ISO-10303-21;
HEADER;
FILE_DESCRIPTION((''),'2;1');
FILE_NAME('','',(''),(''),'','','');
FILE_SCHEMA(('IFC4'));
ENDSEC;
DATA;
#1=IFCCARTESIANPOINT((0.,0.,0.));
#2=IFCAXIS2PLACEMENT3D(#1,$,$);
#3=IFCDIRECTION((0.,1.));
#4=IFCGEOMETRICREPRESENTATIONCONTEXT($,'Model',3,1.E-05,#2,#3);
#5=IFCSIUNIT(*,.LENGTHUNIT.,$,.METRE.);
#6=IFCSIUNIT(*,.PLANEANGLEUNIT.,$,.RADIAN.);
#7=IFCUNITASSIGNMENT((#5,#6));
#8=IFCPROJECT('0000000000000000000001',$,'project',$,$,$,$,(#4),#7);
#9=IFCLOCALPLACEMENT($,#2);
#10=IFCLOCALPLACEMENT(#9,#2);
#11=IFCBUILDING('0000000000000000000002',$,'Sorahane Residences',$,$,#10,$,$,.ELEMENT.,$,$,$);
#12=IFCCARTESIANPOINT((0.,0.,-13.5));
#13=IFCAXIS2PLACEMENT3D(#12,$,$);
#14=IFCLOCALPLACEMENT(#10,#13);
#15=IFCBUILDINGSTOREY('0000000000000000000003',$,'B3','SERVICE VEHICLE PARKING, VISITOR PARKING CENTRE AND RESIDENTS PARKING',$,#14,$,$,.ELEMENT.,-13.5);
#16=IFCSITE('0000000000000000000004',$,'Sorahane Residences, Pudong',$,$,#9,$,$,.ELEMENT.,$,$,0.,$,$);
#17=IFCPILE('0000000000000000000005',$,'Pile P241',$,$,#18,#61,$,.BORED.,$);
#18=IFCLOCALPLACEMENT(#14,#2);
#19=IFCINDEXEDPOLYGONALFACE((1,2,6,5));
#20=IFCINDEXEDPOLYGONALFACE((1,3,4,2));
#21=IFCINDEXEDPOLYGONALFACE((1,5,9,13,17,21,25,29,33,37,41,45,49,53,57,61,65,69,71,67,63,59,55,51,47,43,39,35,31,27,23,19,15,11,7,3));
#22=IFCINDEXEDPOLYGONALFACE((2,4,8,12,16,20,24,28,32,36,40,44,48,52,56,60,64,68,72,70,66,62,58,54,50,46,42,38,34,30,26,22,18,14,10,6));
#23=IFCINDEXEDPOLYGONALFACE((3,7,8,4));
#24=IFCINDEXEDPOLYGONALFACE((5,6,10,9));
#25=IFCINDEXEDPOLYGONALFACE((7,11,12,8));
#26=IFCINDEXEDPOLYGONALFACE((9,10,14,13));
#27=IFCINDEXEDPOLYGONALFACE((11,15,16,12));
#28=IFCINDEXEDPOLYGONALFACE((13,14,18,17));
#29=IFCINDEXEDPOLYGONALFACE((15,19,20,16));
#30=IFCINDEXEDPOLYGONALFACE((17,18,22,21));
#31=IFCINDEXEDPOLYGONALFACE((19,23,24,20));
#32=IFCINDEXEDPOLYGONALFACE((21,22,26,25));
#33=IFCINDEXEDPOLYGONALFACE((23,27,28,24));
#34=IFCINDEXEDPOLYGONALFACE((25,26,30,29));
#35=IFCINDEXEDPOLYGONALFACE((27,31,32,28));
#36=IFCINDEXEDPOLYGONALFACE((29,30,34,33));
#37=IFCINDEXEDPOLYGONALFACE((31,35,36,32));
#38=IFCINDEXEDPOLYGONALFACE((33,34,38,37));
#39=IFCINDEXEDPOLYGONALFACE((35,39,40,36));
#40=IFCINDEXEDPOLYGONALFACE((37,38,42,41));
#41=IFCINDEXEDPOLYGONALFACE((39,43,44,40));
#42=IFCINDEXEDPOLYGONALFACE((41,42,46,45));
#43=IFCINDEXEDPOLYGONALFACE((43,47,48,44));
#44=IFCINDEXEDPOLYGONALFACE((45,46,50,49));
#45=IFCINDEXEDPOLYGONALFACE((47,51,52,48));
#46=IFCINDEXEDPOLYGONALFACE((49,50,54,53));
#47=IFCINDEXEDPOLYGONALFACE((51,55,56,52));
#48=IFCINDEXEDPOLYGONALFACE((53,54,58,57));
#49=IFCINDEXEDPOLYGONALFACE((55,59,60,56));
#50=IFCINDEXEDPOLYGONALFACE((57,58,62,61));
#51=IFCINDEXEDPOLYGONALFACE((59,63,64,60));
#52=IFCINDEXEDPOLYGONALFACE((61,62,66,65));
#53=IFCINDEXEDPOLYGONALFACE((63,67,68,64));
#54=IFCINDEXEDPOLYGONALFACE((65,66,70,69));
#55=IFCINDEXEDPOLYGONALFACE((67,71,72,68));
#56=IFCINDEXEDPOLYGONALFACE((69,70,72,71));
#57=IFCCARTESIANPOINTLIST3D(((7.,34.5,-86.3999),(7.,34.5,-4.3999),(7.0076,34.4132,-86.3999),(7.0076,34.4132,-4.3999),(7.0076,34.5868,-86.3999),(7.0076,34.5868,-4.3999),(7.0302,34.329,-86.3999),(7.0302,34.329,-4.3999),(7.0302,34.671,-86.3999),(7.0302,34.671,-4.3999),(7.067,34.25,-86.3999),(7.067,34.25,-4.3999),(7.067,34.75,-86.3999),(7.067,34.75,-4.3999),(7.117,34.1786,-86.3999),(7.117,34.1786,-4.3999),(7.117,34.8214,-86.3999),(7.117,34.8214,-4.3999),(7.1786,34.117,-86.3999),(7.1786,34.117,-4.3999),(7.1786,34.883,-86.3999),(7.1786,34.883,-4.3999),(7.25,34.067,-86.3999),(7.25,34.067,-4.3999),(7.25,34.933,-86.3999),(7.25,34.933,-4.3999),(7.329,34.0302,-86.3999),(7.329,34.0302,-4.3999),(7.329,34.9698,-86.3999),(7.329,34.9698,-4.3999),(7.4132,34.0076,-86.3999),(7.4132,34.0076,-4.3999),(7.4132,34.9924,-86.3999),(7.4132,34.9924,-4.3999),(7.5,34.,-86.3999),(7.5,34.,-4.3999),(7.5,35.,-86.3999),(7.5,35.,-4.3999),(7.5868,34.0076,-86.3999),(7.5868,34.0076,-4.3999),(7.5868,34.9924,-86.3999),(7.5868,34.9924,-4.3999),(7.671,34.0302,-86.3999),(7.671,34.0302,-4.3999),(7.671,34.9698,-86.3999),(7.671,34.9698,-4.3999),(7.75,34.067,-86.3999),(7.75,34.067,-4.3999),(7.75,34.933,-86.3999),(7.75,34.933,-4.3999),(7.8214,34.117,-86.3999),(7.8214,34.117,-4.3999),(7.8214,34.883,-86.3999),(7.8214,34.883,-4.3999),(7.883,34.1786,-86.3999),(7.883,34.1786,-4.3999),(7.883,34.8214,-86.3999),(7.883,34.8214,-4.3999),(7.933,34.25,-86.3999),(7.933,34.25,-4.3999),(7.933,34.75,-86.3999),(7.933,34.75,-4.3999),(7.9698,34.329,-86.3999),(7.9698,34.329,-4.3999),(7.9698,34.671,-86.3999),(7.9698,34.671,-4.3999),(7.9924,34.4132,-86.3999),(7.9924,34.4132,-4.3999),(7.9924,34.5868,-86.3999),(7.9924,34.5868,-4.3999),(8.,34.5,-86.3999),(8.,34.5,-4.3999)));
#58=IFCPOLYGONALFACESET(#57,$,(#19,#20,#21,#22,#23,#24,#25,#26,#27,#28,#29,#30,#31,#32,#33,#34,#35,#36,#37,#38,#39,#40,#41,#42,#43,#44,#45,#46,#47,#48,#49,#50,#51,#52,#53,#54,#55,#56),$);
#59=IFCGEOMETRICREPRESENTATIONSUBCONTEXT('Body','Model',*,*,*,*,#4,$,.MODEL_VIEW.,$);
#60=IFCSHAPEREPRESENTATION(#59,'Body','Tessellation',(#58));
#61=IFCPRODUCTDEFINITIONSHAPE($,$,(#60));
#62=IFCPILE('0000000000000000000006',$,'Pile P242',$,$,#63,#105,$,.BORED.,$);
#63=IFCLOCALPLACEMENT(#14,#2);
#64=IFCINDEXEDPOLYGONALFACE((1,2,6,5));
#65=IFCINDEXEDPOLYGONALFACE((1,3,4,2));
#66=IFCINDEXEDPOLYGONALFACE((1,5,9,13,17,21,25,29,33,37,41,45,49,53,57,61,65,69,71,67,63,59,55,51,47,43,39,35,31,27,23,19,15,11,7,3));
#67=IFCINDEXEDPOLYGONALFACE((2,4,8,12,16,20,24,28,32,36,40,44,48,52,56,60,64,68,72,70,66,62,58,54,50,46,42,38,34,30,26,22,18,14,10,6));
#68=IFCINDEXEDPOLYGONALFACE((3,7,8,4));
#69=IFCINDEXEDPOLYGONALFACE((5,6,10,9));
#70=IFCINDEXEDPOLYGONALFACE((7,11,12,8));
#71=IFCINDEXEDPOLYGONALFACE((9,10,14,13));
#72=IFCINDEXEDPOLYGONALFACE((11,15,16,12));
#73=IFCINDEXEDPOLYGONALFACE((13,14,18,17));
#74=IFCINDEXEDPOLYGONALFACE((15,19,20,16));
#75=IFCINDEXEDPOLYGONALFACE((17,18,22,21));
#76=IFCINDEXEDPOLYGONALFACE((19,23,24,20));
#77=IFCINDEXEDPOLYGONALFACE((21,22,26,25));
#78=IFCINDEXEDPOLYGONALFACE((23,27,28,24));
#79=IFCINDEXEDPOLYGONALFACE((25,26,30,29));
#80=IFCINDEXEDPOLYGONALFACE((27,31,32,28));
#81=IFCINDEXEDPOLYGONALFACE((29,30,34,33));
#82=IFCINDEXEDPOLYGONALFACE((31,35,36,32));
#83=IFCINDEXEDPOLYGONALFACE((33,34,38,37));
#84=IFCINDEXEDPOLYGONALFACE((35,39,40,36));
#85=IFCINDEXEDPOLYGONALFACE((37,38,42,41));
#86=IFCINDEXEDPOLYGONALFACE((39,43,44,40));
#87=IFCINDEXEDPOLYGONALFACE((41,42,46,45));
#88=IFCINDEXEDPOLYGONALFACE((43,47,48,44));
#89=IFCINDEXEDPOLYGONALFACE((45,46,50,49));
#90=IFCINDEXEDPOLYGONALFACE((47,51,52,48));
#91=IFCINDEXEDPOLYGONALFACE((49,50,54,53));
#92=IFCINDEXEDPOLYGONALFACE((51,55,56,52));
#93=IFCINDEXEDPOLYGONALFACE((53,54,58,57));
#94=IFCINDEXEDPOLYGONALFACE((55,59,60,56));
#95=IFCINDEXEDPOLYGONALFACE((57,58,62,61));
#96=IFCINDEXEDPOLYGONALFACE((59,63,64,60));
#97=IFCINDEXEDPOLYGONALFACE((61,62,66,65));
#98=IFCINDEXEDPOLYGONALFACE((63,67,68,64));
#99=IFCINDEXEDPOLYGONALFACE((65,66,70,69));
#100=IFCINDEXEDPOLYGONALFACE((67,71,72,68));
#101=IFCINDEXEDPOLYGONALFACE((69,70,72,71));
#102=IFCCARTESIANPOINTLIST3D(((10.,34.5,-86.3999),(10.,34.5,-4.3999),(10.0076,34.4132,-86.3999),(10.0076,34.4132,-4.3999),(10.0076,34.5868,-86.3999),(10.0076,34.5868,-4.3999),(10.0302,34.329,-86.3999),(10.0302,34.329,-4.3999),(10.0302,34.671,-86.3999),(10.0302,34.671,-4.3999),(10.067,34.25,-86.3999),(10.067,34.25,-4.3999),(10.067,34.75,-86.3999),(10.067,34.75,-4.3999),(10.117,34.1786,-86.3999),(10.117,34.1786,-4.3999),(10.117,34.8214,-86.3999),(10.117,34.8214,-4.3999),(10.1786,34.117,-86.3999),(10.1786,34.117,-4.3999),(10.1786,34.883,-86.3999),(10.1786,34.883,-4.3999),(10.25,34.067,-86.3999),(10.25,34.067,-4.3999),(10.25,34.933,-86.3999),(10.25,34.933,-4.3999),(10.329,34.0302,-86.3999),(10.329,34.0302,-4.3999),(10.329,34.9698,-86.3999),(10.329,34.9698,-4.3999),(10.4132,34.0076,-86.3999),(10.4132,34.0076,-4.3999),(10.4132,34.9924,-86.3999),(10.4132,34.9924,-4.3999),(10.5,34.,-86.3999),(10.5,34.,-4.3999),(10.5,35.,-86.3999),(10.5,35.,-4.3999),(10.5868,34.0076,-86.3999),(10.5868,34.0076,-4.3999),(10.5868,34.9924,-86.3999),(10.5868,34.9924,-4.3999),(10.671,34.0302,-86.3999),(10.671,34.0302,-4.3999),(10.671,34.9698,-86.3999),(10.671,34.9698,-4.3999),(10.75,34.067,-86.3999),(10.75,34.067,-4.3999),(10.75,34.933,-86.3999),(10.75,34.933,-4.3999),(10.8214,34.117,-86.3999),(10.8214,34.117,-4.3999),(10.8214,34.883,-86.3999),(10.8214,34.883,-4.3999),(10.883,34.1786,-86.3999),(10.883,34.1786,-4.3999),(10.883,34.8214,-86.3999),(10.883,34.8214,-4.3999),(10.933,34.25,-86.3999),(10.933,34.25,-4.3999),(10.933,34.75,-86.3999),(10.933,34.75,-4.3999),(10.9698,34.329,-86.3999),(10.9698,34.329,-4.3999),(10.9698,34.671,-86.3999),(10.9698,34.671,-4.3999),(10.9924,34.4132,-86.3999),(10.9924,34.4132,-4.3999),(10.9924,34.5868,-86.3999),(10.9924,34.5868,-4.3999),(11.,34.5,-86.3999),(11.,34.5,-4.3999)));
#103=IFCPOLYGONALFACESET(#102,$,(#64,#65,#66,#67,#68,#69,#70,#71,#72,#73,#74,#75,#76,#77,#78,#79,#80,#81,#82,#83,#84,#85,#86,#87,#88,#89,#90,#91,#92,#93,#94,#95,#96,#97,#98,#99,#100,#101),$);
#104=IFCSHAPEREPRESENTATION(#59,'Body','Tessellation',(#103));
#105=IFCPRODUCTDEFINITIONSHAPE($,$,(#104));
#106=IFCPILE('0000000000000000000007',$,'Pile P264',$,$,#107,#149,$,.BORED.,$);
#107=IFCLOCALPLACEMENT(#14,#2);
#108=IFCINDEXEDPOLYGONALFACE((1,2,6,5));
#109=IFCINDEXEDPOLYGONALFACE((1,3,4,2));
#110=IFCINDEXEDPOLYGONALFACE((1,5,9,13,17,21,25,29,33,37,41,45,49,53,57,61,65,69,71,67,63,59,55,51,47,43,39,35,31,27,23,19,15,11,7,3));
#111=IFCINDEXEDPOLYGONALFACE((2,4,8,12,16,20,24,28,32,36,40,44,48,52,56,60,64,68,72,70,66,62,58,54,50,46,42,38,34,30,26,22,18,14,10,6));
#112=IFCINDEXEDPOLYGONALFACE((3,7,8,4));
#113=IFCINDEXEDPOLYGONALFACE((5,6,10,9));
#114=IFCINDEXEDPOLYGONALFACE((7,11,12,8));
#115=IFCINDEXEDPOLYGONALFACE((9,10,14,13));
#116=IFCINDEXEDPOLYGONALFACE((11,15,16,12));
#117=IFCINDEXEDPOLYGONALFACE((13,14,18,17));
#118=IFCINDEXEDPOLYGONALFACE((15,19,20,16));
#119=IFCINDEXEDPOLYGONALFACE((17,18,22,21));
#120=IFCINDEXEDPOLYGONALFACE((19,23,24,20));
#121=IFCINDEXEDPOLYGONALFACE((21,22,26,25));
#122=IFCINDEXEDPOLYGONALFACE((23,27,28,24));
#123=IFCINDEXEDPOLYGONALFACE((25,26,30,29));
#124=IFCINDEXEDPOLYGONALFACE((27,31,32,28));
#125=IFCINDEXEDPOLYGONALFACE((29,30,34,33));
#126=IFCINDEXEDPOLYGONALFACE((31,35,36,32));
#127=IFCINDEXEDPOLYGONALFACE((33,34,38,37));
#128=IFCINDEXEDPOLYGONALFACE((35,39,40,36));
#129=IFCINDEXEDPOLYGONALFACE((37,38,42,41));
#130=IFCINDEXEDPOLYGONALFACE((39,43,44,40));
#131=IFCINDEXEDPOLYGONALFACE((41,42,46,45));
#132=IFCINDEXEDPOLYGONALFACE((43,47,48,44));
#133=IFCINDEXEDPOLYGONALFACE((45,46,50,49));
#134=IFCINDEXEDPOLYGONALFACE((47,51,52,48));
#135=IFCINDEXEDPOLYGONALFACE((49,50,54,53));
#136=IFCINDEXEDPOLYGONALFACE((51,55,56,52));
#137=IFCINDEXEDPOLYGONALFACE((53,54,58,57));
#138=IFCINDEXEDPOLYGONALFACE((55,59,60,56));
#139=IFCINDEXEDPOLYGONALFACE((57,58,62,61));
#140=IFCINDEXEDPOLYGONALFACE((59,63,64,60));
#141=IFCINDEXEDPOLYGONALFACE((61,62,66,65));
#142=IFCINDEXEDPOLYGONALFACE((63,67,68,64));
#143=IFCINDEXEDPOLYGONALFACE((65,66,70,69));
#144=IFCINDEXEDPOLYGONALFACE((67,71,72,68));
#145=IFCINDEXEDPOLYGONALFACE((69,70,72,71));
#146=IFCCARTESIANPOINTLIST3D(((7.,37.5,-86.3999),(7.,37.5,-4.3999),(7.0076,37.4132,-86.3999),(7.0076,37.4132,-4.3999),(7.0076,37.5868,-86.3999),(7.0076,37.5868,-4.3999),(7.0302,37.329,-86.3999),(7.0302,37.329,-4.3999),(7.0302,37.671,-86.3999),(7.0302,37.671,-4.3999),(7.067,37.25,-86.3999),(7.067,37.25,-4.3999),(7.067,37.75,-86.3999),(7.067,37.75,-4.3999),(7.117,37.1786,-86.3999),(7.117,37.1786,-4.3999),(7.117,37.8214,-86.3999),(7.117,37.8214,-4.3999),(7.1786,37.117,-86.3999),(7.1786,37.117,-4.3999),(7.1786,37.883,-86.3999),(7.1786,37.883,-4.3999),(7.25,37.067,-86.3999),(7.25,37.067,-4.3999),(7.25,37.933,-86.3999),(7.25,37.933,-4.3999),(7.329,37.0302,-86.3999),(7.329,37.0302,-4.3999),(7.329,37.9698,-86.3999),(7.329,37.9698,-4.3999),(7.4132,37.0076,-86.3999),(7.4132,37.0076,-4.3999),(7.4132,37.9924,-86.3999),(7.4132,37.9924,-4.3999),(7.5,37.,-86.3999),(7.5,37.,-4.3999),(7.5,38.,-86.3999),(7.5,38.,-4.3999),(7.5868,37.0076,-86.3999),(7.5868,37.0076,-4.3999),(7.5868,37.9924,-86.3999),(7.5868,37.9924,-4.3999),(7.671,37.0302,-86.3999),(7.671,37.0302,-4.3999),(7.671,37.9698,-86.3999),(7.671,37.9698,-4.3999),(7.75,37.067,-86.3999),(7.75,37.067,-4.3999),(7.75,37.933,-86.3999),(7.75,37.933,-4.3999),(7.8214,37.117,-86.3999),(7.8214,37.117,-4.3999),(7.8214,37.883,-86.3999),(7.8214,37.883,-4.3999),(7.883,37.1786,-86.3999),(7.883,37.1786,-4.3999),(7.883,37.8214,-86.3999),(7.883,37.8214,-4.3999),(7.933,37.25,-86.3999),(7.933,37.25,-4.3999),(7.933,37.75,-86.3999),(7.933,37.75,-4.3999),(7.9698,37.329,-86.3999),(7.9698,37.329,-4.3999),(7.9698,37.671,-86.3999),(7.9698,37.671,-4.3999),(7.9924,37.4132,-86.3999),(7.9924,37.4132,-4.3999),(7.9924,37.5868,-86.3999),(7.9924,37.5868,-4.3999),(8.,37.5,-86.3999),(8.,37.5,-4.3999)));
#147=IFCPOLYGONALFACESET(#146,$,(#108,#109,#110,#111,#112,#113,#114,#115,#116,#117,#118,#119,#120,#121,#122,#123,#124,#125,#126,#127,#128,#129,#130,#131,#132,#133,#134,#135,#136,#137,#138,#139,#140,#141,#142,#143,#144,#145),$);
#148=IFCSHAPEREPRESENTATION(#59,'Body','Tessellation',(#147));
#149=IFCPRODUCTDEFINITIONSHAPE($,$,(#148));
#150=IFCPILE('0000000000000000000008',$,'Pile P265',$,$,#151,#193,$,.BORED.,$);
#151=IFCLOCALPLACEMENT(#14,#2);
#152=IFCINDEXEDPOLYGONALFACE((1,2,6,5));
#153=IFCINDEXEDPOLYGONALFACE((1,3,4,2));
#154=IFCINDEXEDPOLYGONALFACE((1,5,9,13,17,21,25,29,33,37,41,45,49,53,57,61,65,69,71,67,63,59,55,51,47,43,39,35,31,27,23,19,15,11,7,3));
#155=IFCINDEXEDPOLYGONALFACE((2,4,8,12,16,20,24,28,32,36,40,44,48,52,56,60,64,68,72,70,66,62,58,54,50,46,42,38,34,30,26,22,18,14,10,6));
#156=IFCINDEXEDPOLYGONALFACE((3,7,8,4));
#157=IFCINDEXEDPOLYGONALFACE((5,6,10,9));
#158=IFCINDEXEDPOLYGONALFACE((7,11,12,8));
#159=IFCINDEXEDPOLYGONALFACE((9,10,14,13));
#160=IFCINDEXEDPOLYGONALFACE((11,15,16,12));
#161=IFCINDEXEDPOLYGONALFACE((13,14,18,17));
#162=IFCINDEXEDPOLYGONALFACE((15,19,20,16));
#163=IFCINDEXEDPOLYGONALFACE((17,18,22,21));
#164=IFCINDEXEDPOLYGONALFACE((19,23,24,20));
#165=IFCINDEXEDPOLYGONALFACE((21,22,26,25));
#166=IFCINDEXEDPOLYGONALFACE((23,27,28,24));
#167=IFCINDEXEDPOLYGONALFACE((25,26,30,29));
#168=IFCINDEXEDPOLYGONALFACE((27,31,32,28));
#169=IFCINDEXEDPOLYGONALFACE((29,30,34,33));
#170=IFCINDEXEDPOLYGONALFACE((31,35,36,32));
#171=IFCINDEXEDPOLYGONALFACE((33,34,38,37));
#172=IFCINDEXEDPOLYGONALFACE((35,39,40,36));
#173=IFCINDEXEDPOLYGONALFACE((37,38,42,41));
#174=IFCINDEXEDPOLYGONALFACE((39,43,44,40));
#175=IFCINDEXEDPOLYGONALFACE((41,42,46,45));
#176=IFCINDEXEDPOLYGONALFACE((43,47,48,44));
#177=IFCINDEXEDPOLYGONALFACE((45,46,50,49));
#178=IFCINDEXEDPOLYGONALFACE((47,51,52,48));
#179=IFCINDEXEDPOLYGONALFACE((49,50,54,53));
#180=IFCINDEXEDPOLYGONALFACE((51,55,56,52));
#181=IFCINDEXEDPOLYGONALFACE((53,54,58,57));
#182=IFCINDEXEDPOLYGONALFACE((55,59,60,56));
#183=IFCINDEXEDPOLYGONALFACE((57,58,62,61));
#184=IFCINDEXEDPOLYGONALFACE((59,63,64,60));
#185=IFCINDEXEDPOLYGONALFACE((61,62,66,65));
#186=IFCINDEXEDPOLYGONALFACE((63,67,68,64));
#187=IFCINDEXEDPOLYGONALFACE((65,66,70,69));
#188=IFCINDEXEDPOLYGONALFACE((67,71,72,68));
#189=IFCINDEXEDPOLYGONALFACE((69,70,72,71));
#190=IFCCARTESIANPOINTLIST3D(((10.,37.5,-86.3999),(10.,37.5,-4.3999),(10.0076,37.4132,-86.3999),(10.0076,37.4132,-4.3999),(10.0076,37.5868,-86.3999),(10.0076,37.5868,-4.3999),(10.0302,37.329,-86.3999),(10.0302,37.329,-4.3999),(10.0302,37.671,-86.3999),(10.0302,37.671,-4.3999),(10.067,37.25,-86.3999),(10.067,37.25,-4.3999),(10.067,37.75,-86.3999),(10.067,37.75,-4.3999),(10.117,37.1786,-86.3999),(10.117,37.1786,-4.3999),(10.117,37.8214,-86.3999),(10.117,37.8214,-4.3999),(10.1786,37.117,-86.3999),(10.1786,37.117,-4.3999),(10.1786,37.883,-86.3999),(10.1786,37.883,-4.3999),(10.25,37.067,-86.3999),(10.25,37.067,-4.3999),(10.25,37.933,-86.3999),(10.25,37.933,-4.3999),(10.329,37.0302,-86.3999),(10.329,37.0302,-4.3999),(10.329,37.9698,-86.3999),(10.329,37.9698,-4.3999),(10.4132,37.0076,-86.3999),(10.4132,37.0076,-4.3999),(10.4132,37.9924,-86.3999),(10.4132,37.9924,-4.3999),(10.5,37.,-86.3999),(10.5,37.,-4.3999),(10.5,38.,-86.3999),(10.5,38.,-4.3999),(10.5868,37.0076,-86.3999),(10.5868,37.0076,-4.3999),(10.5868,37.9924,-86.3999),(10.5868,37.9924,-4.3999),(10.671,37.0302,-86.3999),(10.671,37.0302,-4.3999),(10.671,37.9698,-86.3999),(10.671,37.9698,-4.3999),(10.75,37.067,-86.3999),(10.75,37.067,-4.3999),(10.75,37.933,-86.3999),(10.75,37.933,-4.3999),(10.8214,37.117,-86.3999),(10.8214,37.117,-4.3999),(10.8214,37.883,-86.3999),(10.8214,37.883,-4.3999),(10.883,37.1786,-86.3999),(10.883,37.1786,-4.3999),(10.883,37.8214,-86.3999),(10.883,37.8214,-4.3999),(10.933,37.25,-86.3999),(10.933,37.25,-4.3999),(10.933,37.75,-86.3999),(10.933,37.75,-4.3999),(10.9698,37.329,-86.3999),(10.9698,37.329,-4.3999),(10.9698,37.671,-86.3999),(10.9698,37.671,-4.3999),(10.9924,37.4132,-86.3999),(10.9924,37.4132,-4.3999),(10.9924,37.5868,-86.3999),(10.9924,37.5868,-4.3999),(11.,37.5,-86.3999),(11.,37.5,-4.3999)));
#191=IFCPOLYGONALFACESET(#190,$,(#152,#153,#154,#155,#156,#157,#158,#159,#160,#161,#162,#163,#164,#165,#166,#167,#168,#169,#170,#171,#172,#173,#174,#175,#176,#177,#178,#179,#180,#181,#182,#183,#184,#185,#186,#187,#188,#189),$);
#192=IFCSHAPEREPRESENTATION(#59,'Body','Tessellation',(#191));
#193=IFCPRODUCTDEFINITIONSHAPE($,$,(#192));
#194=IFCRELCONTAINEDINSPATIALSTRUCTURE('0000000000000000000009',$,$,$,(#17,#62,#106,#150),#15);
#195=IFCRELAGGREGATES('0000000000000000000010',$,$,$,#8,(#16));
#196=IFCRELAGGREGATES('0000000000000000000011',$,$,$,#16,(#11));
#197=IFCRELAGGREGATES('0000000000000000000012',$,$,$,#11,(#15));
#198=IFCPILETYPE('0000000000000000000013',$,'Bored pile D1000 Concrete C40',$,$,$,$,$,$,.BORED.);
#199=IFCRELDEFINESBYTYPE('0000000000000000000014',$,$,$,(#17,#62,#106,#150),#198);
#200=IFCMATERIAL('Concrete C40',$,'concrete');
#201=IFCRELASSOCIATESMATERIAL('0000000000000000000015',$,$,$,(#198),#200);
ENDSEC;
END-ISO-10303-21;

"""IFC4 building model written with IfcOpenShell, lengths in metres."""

from ifc_helpers import new_model, si_unit, direction, frame, origin, origin_2d, place, context, subcontext, project, spatial, circle, extrude, material, material_profile, profile_set, type_object, element, save


model = new_model("IFC4")

# Units and contexts
model_context = context("Model", 3, precision=1e-05, world=origin(), true_north=direction((0.0, 1.0)))
body_context = subcontext(model_context, "Body", "Model", "MODEL_VIEW")
ifc_project = project(units=[si_unit("LENGTHUNIT", "METRE"), si_unit("PLANEANGLEUNIT", "RADIAN")], contexts=[model_context])

# Site, building, storey
site_placement = place(None, origin())
site = spatial("IfcSite", under=ifc_project, at=site_placement, Name="Sorahane Residences, Pudong", CompositionType="ELEMENT", RefElevation=0.0)
building_placement = place(site_placement, origin())
building = spatial("IfcBuilding", under=site, at=building_placement, Name="Sorahane Residences", CompositionType="ELEMENT")
storey_placement = place(building_placement, frame((0.0, 0.0, -13.5)))
storey = spatial("IfcBuildingStorey", under=building, at=storey_placement, Name="B3", Description="SERVICE VEHICLE PARKING, VISITOR PARKING CENTRE AND RESIDENTS PARKING", CompositionType="ELEMENT", Elevation=-13.5)

# Piles
ifc_material_1 = material(Name="Concrete C40", Category="concrete")
ifc_material_profile_1 = material_profile(ifc_material_1, circle(Radius=0.5, at=origin_2d()), Name="D1000")
ifc_profile_set_1 = profile_set([ifc_material_profile_1], Name="Concrete C40")
pile_type = type_object("IfcPileType", Name="Bored pile D1000 Concrete C40", PredefinedType="BORED", material=ifc_profile_set_1)
for number, where, z_axis, x_axis, name in (
    (1, (7.5, 34.5, -4.3999), (0.0, 0.0, -1.0), (1.0, 0.0, 0.0), "Pile P241"),
    (2, (10.5, 34.5, -4.3999), (0.0, 0.0, -1.0), (1.0, 0.0, 0.0), "Pile P242"),
    (3, (7.5, 37.5, -4.3999), (0.0, 0.0, -1.0), (1.0, 0.0, 0.0), "Pile P264"),
    (4, (10.5, 37.5, -4.3999), (0.0, 0.0, -1.0), (1.0, 0.0, 0.0), "Pile P265"),
):
    element("IfcPile", number, at=place(storey_placement, frame(where, z_axis=z_axis, x_axis=x_axis)), inside=storey, type_object=pile_type, Name=name, PredefinedType="BORED", context=body_context, shape_type="SweptSolid", body=[
        extrude(circle(Radius=0.5, at=origin_2d()), origin(), (0.0, 0.0, 1.0), 82.0),
    ])

save(model, "model.ifc")
